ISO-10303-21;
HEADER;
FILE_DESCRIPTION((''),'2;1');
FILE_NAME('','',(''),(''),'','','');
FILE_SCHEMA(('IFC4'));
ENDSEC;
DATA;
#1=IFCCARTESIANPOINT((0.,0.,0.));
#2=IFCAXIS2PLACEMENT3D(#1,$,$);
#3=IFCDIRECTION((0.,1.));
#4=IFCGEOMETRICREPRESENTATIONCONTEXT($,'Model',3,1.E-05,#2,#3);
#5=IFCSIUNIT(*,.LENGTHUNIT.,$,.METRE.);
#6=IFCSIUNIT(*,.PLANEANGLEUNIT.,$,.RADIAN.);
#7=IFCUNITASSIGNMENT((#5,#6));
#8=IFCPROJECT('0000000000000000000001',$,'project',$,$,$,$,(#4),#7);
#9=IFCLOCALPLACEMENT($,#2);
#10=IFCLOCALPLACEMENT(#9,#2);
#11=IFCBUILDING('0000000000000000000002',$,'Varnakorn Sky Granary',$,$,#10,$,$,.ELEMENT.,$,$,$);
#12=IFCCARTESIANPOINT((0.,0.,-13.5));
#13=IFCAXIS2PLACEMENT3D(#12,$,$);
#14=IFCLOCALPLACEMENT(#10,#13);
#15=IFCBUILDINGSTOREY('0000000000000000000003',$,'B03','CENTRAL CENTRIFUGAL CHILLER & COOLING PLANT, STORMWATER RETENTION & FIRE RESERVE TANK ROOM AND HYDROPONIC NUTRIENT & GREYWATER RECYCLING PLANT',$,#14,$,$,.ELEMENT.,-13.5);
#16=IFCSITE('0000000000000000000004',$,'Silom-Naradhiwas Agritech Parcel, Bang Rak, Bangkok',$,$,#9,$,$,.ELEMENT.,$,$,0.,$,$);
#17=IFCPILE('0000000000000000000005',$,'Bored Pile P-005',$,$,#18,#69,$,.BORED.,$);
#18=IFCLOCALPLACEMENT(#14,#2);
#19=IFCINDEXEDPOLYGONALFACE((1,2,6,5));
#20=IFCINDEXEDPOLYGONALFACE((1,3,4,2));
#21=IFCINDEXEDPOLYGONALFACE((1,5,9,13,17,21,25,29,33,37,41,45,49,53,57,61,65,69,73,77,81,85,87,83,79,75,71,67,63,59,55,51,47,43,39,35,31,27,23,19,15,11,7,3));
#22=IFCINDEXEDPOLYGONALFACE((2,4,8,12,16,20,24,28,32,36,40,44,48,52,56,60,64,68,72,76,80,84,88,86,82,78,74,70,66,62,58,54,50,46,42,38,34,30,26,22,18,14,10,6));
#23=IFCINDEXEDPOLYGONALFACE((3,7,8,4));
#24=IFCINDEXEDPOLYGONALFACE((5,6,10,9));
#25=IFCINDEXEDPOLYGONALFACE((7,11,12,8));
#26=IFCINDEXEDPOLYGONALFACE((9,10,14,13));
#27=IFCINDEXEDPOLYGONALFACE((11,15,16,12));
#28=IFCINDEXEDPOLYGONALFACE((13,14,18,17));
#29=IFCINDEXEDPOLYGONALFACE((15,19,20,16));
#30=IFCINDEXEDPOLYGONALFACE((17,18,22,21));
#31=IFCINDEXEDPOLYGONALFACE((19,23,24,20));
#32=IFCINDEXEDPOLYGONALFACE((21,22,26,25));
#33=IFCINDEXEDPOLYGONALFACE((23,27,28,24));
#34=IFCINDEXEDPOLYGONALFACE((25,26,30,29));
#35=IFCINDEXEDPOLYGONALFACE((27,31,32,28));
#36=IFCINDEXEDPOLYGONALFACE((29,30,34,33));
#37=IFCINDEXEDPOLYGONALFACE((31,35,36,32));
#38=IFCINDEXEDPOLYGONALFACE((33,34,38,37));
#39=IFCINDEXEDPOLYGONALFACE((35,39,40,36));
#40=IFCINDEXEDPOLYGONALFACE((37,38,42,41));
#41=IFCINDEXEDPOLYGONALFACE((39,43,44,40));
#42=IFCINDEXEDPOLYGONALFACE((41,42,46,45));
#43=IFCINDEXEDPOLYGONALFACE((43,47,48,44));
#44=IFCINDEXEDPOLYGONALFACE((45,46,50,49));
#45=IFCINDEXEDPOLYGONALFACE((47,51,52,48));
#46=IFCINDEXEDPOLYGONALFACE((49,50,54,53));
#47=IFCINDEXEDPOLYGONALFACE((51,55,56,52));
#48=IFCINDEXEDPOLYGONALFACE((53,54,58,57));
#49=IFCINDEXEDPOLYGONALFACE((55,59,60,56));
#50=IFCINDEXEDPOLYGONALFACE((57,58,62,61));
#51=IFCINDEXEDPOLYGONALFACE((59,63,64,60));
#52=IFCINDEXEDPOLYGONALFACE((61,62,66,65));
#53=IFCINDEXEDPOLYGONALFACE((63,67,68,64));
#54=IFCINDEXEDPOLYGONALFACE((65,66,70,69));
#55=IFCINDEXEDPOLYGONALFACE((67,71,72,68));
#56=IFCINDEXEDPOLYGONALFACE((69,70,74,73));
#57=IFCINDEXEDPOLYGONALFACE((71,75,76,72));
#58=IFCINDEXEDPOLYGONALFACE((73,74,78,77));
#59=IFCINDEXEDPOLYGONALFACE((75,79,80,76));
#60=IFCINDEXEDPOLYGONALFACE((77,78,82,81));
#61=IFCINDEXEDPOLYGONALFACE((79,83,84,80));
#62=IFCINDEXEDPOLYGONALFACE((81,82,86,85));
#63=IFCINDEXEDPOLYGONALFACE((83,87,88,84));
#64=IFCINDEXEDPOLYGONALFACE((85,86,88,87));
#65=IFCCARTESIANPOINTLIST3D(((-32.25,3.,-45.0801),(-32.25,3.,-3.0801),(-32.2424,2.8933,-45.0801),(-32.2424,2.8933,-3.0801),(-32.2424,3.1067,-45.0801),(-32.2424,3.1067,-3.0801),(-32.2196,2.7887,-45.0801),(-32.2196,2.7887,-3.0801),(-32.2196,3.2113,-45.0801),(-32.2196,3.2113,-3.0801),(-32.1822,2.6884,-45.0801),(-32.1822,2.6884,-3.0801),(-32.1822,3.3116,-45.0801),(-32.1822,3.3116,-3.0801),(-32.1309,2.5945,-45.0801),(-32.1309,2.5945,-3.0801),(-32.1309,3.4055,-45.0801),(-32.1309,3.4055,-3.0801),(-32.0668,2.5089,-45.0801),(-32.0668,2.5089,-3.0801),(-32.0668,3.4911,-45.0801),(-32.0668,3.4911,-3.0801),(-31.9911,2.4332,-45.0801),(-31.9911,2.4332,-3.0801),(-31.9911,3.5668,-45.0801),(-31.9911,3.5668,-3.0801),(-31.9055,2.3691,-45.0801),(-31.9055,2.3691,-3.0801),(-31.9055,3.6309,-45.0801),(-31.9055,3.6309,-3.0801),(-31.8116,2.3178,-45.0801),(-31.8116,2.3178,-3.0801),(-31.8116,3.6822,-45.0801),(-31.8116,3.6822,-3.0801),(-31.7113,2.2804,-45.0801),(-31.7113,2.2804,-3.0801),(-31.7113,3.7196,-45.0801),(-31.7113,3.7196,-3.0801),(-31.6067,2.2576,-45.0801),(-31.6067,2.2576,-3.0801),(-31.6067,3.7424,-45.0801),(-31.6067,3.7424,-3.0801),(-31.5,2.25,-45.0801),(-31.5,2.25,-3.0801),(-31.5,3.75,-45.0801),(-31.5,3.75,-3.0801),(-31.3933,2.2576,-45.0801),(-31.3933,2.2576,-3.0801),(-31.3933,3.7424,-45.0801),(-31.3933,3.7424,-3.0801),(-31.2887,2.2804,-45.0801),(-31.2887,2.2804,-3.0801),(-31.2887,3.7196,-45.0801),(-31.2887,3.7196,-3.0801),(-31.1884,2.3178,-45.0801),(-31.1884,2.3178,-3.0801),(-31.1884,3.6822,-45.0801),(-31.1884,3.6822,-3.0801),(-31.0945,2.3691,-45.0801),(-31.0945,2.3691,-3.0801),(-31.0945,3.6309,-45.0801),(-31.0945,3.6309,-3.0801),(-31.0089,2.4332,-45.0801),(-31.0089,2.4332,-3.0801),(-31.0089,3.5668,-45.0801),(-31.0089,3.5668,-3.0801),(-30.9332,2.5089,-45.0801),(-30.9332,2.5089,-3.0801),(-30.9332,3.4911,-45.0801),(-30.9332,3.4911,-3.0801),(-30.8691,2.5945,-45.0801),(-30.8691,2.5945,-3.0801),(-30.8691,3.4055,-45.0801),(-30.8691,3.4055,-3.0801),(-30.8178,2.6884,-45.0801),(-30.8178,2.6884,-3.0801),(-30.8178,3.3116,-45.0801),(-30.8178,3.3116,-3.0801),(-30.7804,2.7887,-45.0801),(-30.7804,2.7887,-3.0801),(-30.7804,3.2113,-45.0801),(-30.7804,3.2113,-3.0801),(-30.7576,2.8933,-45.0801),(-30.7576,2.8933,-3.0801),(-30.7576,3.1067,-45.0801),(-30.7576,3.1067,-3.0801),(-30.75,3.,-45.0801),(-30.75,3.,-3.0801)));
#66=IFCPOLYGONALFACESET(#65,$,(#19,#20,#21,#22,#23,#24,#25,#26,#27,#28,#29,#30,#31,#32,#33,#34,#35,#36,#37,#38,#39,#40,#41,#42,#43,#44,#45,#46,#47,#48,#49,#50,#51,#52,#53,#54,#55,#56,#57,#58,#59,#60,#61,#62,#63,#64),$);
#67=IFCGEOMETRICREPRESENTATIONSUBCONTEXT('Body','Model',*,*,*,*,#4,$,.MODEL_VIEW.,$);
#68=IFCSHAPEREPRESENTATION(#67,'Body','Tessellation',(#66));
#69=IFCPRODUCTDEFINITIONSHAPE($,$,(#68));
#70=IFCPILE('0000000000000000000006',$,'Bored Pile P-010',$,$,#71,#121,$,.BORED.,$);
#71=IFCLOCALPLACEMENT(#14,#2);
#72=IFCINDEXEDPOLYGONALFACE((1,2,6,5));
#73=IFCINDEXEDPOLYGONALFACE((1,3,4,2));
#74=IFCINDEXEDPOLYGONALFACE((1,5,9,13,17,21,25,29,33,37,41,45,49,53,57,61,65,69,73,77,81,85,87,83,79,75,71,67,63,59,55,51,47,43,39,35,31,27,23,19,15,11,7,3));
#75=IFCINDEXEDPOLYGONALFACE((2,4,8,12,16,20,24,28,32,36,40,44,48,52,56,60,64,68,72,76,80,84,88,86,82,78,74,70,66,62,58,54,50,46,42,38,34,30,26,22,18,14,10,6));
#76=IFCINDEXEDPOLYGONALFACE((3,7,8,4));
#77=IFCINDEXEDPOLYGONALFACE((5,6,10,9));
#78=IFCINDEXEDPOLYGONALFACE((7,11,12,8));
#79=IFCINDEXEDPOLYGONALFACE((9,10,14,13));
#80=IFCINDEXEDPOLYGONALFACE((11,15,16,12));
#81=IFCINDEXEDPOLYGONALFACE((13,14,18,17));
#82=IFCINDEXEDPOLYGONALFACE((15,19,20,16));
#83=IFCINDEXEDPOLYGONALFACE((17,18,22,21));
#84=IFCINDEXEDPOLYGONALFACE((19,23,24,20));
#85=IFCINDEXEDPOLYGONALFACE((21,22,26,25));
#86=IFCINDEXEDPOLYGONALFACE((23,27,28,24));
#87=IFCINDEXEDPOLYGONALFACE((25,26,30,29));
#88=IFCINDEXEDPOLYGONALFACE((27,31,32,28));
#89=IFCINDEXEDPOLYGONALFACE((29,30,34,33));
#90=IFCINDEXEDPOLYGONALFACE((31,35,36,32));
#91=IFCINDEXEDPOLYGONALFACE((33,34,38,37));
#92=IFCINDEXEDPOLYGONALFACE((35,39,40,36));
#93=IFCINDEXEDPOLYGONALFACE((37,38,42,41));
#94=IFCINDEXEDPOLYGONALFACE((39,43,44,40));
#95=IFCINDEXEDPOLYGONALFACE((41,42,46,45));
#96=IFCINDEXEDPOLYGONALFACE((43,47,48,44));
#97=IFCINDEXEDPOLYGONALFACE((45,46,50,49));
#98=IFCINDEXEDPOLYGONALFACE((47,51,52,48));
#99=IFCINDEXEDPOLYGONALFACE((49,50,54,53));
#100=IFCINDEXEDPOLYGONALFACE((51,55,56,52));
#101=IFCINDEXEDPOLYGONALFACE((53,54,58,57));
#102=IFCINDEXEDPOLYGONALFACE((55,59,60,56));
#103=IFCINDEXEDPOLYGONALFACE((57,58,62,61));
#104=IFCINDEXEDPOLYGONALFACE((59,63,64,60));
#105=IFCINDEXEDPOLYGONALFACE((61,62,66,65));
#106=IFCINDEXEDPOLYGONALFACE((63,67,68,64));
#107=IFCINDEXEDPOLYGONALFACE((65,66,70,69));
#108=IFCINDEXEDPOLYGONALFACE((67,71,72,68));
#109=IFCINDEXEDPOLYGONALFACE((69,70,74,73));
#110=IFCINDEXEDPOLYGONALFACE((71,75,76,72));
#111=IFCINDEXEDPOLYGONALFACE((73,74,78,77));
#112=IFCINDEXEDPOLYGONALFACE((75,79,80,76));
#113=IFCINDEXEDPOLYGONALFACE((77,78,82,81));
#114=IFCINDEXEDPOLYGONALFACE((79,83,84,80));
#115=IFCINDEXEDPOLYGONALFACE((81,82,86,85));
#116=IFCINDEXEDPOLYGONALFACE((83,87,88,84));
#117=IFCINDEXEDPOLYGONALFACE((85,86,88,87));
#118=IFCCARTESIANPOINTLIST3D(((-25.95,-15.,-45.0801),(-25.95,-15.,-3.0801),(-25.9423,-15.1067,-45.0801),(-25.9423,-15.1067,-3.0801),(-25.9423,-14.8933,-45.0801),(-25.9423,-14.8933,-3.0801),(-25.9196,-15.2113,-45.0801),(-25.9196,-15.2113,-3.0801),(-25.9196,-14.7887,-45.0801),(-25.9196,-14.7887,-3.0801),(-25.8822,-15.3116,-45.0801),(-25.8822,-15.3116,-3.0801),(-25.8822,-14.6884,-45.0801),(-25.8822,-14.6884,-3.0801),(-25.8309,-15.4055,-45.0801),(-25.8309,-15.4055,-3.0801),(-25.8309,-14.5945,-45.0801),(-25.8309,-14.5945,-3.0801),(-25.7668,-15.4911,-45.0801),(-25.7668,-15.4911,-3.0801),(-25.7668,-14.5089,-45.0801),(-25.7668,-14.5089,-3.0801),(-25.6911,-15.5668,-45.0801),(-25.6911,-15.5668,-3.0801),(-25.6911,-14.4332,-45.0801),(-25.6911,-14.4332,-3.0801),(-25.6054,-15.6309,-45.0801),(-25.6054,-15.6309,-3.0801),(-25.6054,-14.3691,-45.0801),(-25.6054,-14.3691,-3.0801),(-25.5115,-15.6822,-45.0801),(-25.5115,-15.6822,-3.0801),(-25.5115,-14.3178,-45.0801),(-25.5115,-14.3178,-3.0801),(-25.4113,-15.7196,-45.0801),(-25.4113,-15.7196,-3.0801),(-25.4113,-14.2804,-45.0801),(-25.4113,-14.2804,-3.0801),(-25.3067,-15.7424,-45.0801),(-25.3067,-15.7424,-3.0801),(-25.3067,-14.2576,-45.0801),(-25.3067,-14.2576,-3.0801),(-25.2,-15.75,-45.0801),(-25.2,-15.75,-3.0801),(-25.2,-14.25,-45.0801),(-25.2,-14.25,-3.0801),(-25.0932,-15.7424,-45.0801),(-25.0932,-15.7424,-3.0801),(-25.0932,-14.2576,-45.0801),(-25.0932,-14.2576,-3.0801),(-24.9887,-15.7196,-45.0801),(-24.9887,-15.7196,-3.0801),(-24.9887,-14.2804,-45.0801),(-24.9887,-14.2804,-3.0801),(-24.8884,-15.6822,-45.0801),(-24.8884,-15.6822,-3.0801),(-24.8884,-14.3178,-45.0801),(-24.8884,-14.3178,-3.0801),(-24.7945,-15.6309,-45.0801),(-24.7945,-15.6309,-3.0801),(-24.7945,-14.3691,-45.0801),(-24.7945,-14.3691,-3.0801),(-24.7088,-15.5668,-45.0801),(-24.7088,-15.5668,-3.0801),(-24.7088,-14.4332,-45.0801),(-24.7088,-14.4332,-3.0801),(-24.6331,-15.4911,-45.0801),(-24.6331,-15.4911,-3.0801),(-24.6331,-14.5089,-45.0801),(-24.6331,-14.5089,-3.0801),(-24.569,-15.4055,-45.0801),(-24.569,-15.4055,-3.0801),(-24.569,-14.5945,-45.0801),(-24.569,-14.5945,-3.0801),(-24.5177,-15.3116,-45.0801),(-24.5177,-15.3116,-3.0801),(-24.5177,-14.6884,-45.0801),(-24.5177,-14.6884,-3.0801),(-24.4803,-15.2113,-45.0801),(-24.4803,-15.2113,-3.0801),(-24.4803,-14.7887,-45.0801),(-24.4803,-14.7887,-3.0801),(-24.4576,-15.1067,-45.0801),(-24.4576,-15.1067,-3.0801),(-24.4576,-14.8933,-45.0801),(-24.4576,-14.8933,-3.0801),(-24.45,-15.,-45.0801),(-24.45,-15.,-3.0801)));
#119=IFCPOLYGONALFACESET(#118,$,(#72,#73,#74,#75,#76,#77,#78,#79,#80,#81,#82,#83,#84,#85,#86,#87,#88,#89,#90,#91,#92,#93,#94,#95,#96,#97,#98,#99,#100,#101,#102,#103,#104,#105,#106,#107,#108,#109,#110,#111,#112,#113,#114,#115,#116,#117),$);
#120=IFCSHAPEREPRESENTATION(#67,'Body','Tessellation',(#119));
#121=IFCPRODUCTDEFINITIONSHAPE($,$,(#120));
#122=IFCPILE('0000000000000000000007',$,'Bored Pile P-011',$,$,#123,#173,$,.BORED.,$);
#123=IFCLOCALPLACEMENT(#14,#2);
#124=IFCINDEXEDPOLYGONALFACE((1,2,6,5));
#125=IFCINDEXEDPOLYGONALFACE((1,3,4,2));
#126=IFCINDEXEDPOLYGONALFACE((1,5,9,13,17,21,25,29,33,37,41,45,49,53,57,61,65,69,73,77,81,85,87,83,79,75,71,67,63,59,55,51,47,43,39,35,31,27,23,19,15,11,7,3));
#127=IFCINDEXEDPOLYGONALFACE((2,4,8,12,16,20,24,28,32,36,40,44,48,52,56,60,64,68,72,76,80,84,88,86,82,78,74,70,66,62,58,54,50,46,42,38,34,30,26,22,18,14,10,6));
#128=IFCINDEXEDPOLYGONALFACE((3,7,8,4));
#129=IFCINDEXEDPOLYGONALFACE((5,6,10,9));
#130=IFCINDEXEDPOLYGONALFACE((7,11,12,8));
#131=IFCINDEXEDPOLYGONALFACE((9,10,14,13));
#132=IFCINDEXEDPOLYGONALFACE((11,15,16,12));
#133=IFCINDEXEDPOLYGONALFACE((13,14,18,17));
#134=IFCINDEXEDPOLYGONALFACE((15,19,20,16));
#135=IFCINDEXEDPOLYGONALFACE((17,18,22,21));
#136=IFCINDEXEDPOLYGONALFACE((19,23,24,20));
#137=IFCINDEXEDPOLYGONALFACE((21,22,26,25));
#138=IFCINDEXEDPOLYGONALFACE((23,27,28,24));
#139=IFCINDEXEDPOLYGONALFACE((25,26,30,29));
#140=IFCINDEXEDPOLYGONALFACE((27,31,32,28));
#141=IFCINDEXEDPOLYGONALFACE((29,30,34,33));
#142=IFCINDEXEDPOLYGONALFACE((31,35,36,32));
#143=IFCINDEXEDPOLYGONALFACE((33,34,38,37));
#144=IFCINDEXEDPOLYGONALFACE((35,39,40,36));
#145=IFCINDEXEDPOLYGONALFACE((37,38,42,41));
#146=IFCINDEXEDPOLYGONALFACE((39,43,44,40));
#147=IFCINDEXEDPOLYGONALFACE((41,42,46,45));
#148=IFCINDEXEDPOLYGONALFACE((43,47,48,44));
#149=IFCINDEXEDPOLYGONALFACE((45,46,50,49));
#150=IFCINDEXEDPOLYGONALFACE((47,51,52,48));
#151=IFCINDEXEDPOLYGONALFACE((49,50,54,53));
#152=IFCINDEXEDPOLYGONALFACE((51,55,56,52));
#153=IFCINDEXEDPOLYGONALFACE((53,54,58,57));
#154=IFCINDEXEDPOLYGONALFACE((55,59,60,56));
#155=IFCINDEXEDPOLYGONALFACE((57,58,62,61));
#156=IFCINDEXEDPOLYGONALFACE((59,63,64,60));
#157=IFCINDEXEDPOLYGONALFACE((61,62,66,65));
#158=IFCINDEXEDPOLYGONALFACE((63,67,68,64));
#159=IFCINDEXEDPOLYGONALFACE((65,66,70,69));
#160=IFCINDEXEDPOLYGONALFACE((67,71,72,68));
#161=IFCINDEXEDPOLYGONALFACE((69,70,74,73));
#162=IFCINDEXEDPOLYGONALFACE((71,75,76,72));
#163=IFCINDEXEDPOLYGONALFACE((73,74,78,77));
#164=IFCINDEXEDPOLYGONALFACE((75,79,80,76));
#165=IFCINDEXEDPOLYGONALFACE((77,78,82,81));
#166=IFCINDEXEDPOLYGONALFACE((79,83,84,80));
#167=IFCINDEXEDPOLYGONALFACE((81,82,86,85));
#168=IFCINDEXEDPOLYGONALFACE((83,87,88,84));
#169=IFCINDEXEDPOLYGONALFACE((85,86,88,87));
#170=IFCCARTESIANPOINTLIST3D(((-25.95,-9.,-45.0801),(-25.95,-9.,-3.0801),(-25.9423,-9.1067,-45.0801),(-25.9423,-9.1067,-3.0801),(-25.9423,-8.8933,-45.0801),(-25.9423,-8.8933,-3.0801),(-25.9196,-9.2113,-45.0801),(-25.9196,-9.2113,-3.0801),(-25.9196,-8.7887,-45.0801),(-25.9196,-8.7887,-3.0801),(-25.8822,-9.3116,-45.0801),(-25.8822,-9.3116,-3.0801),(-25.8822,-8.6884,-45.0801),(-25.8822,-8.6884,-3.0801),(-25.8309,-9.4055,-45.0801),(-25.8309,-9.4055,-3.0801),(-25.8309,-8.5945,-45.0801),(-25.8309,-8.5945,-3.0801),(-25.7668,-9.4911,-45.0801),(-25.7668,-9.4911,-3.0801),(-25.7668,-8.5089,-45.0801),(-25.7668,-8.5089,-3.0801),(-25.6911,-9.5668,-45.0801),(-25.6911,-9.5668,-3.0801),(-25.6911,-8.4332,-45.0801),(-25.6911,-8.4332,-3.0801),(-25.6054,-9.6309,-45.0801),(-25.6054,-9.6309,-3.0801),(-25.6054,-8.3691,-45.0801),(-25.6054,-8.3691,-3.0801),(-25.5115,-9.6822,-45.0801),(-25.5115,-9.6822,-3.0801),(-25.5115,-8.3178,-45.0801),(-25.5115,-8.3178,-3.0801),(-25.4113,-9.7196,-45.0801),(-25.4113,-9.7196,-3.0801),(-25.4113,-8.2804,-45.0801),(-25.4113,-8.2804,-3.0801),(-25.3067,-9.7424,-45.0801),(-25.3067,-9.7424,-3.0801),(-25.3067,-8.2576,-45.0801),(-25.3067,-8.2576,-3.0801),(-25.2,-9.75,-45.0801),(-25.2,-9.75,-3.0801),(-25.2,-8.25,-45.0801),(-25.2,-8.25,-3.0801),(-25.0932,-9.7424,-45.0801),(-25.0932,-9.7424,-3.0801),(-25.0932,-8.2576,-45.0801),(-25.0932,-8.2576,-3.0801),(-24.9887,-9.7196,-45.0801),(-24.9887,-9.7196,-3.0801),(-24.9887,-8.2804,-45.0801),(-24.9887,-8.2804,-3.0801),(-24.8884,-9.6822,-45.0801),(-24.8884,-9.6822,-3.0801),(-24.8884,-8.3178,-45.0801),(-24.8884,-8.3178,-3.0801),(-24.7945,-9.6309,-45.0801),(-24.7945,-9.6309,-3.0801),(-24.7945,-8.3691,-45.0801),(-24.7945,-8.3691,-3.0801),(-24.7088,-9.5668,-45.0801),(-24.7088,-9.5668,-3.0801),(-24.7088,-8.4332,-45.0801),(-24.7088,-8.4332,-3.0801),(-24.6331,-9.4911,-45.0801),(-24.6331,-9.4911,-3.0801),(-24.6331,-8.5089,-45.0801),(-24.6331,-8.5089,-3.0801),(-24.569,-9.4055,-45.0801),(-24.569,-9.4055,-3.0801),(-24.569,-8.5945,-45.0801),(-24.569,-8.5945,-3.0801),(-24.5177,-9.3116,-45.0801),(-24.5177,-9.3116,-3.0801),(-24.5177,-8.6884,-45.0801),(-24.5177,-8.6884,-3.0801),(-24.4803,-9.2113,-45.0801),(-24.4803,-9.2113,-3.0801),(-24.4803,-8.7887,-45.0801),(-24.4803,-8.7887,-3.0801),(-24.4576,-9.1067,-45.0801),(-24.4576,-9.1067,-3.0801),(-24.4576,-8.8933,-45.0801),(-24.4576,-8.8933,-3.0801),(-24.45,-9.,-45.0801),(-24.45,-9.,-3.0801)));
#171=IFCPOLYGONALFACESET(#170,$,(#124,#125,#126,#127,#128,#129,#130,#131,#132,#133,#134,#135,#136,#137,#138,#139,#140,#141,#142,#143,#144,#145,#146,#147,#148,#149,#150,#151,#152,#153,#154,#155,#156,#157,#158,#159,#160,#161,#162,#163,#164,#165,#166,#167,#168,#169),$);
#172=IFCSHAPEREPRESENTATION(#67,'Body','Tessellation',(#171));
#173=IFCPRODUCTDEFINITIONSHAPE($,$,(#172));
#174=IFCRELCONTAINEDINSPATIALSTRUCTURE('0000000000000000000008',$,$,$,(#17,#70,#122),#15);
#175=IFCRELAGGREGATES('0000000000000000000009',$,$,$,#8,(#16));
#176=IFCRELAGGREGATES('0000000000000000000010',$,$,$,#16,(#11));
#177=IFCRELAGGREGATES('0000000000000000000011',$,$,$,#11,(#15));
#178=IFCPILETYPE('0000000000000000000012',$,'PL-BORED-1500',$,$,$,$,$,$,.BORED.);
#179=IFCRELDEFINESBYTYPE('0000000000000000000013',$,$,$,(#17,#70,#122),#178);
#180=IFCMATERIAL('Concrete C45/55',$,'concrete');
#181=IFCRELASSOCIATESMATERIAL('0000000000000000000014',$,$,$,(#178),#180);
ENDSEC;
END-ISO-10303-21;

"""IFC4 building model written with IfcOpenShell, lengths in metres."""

from ifc_helpers import new_model, si_unit, direction, frame, origin, origin_2d, place, context, subcontext, project, spatial, circle, extrude, material, material_profile, profile_set, type_object, element, save


model = new_model("IFC4")

# Units and contexts
model_context = context("Model", 3, precision=1e-05, world=origin(), true_north=direction((0.0, 1.0)))
body_context = subcontext(model_context, "Body", "Model", "MODEL_VIEW")
ifc_project = project(units=[si_unit("LENGTHUNIT", "METRE"), si_unit("PLANEANGLEUNIT", "RADIAN")], contexts=[model_context])

# Site, building, storey
site_placement = place(None, origin())
site = spatial("IfcSite", under=ifc_project, at=site_placement, Name="Silom-Naradhiwas Agritech Parcel, Bang Rak, Bangkok", CompositionType="ELEMENT", RefElevation=0.0)
building_placement = place(site_placement, origin())
building = spatial("IfcBuilding", under=site, at=building_placement, Name="Varnakorn Sky Granary", CompositionType="ELEMENT")
storey_placement = place(building_placement, frame((0.0, 0.0, -13.5)))
storey = spatial("IfcBuildingStorey", under=building, at=storey_placement, Name="B03", Description="CENTRAL CENTRIFUGAL CHILLER & COOLING PLANT, STORMWATER RETENTION & FIRE RESERVE TANK ROOM AND HYDROPONIC NUTRIENT & GREYWATER RECYCLING PLANT", CompositionType="ELEMENT", Elevation=-13.5)

# Piles
ifc_material_1 = material(Name="Concrete C45/55", Category="concrete")
ifc_material_profile_1 = material_profile(ifc_material_1, circle(Radius=0.75, at=origin_2d()), Name="PILE D1500")
ifc_profile_set_1 = profile_set([ifc_material_profile_1], Name="Concrete C45/55")
pile_type = type_object("IfcPileType", Name="PL-BORED-1500", PredefinedType="BORED", material=ifc_profile_set_1)
for number, where, z_axis, x_axis, name in (
    (1, (-31.5, 3.0, -3.0801), (0.0, 0.0, -1.0), (1.0, 0.0, 0.0), "Bored Pile P-005"),
    (2, (-25.2, -15.0, -3.0801), (0.0, 0.0, -1.0), (1.0, 0.0, 0.0), "Bored Pile P-010"),
    (3, (-25.2, -9.0, -3.0801), (0.0, 0.0, -1.0), (1.0, 0.0, 0.0), "Bored Pile P-011"),
):
    element("IfcPile", number, at=place(storey_placement, frame(where, z_axis=z_axis, x_axis=x_axis)), inside=storey, type_object=pile_type, Name=name, PredefinedType="BORED", context=body_context, shape_type="SweptSolid", body=[
        extrude(circle(Radius=0.75, at=origin_2d()), origin(), (0.0, 0.0, 1.0), 42.0),
    ])

save(model, "model.ifc")
